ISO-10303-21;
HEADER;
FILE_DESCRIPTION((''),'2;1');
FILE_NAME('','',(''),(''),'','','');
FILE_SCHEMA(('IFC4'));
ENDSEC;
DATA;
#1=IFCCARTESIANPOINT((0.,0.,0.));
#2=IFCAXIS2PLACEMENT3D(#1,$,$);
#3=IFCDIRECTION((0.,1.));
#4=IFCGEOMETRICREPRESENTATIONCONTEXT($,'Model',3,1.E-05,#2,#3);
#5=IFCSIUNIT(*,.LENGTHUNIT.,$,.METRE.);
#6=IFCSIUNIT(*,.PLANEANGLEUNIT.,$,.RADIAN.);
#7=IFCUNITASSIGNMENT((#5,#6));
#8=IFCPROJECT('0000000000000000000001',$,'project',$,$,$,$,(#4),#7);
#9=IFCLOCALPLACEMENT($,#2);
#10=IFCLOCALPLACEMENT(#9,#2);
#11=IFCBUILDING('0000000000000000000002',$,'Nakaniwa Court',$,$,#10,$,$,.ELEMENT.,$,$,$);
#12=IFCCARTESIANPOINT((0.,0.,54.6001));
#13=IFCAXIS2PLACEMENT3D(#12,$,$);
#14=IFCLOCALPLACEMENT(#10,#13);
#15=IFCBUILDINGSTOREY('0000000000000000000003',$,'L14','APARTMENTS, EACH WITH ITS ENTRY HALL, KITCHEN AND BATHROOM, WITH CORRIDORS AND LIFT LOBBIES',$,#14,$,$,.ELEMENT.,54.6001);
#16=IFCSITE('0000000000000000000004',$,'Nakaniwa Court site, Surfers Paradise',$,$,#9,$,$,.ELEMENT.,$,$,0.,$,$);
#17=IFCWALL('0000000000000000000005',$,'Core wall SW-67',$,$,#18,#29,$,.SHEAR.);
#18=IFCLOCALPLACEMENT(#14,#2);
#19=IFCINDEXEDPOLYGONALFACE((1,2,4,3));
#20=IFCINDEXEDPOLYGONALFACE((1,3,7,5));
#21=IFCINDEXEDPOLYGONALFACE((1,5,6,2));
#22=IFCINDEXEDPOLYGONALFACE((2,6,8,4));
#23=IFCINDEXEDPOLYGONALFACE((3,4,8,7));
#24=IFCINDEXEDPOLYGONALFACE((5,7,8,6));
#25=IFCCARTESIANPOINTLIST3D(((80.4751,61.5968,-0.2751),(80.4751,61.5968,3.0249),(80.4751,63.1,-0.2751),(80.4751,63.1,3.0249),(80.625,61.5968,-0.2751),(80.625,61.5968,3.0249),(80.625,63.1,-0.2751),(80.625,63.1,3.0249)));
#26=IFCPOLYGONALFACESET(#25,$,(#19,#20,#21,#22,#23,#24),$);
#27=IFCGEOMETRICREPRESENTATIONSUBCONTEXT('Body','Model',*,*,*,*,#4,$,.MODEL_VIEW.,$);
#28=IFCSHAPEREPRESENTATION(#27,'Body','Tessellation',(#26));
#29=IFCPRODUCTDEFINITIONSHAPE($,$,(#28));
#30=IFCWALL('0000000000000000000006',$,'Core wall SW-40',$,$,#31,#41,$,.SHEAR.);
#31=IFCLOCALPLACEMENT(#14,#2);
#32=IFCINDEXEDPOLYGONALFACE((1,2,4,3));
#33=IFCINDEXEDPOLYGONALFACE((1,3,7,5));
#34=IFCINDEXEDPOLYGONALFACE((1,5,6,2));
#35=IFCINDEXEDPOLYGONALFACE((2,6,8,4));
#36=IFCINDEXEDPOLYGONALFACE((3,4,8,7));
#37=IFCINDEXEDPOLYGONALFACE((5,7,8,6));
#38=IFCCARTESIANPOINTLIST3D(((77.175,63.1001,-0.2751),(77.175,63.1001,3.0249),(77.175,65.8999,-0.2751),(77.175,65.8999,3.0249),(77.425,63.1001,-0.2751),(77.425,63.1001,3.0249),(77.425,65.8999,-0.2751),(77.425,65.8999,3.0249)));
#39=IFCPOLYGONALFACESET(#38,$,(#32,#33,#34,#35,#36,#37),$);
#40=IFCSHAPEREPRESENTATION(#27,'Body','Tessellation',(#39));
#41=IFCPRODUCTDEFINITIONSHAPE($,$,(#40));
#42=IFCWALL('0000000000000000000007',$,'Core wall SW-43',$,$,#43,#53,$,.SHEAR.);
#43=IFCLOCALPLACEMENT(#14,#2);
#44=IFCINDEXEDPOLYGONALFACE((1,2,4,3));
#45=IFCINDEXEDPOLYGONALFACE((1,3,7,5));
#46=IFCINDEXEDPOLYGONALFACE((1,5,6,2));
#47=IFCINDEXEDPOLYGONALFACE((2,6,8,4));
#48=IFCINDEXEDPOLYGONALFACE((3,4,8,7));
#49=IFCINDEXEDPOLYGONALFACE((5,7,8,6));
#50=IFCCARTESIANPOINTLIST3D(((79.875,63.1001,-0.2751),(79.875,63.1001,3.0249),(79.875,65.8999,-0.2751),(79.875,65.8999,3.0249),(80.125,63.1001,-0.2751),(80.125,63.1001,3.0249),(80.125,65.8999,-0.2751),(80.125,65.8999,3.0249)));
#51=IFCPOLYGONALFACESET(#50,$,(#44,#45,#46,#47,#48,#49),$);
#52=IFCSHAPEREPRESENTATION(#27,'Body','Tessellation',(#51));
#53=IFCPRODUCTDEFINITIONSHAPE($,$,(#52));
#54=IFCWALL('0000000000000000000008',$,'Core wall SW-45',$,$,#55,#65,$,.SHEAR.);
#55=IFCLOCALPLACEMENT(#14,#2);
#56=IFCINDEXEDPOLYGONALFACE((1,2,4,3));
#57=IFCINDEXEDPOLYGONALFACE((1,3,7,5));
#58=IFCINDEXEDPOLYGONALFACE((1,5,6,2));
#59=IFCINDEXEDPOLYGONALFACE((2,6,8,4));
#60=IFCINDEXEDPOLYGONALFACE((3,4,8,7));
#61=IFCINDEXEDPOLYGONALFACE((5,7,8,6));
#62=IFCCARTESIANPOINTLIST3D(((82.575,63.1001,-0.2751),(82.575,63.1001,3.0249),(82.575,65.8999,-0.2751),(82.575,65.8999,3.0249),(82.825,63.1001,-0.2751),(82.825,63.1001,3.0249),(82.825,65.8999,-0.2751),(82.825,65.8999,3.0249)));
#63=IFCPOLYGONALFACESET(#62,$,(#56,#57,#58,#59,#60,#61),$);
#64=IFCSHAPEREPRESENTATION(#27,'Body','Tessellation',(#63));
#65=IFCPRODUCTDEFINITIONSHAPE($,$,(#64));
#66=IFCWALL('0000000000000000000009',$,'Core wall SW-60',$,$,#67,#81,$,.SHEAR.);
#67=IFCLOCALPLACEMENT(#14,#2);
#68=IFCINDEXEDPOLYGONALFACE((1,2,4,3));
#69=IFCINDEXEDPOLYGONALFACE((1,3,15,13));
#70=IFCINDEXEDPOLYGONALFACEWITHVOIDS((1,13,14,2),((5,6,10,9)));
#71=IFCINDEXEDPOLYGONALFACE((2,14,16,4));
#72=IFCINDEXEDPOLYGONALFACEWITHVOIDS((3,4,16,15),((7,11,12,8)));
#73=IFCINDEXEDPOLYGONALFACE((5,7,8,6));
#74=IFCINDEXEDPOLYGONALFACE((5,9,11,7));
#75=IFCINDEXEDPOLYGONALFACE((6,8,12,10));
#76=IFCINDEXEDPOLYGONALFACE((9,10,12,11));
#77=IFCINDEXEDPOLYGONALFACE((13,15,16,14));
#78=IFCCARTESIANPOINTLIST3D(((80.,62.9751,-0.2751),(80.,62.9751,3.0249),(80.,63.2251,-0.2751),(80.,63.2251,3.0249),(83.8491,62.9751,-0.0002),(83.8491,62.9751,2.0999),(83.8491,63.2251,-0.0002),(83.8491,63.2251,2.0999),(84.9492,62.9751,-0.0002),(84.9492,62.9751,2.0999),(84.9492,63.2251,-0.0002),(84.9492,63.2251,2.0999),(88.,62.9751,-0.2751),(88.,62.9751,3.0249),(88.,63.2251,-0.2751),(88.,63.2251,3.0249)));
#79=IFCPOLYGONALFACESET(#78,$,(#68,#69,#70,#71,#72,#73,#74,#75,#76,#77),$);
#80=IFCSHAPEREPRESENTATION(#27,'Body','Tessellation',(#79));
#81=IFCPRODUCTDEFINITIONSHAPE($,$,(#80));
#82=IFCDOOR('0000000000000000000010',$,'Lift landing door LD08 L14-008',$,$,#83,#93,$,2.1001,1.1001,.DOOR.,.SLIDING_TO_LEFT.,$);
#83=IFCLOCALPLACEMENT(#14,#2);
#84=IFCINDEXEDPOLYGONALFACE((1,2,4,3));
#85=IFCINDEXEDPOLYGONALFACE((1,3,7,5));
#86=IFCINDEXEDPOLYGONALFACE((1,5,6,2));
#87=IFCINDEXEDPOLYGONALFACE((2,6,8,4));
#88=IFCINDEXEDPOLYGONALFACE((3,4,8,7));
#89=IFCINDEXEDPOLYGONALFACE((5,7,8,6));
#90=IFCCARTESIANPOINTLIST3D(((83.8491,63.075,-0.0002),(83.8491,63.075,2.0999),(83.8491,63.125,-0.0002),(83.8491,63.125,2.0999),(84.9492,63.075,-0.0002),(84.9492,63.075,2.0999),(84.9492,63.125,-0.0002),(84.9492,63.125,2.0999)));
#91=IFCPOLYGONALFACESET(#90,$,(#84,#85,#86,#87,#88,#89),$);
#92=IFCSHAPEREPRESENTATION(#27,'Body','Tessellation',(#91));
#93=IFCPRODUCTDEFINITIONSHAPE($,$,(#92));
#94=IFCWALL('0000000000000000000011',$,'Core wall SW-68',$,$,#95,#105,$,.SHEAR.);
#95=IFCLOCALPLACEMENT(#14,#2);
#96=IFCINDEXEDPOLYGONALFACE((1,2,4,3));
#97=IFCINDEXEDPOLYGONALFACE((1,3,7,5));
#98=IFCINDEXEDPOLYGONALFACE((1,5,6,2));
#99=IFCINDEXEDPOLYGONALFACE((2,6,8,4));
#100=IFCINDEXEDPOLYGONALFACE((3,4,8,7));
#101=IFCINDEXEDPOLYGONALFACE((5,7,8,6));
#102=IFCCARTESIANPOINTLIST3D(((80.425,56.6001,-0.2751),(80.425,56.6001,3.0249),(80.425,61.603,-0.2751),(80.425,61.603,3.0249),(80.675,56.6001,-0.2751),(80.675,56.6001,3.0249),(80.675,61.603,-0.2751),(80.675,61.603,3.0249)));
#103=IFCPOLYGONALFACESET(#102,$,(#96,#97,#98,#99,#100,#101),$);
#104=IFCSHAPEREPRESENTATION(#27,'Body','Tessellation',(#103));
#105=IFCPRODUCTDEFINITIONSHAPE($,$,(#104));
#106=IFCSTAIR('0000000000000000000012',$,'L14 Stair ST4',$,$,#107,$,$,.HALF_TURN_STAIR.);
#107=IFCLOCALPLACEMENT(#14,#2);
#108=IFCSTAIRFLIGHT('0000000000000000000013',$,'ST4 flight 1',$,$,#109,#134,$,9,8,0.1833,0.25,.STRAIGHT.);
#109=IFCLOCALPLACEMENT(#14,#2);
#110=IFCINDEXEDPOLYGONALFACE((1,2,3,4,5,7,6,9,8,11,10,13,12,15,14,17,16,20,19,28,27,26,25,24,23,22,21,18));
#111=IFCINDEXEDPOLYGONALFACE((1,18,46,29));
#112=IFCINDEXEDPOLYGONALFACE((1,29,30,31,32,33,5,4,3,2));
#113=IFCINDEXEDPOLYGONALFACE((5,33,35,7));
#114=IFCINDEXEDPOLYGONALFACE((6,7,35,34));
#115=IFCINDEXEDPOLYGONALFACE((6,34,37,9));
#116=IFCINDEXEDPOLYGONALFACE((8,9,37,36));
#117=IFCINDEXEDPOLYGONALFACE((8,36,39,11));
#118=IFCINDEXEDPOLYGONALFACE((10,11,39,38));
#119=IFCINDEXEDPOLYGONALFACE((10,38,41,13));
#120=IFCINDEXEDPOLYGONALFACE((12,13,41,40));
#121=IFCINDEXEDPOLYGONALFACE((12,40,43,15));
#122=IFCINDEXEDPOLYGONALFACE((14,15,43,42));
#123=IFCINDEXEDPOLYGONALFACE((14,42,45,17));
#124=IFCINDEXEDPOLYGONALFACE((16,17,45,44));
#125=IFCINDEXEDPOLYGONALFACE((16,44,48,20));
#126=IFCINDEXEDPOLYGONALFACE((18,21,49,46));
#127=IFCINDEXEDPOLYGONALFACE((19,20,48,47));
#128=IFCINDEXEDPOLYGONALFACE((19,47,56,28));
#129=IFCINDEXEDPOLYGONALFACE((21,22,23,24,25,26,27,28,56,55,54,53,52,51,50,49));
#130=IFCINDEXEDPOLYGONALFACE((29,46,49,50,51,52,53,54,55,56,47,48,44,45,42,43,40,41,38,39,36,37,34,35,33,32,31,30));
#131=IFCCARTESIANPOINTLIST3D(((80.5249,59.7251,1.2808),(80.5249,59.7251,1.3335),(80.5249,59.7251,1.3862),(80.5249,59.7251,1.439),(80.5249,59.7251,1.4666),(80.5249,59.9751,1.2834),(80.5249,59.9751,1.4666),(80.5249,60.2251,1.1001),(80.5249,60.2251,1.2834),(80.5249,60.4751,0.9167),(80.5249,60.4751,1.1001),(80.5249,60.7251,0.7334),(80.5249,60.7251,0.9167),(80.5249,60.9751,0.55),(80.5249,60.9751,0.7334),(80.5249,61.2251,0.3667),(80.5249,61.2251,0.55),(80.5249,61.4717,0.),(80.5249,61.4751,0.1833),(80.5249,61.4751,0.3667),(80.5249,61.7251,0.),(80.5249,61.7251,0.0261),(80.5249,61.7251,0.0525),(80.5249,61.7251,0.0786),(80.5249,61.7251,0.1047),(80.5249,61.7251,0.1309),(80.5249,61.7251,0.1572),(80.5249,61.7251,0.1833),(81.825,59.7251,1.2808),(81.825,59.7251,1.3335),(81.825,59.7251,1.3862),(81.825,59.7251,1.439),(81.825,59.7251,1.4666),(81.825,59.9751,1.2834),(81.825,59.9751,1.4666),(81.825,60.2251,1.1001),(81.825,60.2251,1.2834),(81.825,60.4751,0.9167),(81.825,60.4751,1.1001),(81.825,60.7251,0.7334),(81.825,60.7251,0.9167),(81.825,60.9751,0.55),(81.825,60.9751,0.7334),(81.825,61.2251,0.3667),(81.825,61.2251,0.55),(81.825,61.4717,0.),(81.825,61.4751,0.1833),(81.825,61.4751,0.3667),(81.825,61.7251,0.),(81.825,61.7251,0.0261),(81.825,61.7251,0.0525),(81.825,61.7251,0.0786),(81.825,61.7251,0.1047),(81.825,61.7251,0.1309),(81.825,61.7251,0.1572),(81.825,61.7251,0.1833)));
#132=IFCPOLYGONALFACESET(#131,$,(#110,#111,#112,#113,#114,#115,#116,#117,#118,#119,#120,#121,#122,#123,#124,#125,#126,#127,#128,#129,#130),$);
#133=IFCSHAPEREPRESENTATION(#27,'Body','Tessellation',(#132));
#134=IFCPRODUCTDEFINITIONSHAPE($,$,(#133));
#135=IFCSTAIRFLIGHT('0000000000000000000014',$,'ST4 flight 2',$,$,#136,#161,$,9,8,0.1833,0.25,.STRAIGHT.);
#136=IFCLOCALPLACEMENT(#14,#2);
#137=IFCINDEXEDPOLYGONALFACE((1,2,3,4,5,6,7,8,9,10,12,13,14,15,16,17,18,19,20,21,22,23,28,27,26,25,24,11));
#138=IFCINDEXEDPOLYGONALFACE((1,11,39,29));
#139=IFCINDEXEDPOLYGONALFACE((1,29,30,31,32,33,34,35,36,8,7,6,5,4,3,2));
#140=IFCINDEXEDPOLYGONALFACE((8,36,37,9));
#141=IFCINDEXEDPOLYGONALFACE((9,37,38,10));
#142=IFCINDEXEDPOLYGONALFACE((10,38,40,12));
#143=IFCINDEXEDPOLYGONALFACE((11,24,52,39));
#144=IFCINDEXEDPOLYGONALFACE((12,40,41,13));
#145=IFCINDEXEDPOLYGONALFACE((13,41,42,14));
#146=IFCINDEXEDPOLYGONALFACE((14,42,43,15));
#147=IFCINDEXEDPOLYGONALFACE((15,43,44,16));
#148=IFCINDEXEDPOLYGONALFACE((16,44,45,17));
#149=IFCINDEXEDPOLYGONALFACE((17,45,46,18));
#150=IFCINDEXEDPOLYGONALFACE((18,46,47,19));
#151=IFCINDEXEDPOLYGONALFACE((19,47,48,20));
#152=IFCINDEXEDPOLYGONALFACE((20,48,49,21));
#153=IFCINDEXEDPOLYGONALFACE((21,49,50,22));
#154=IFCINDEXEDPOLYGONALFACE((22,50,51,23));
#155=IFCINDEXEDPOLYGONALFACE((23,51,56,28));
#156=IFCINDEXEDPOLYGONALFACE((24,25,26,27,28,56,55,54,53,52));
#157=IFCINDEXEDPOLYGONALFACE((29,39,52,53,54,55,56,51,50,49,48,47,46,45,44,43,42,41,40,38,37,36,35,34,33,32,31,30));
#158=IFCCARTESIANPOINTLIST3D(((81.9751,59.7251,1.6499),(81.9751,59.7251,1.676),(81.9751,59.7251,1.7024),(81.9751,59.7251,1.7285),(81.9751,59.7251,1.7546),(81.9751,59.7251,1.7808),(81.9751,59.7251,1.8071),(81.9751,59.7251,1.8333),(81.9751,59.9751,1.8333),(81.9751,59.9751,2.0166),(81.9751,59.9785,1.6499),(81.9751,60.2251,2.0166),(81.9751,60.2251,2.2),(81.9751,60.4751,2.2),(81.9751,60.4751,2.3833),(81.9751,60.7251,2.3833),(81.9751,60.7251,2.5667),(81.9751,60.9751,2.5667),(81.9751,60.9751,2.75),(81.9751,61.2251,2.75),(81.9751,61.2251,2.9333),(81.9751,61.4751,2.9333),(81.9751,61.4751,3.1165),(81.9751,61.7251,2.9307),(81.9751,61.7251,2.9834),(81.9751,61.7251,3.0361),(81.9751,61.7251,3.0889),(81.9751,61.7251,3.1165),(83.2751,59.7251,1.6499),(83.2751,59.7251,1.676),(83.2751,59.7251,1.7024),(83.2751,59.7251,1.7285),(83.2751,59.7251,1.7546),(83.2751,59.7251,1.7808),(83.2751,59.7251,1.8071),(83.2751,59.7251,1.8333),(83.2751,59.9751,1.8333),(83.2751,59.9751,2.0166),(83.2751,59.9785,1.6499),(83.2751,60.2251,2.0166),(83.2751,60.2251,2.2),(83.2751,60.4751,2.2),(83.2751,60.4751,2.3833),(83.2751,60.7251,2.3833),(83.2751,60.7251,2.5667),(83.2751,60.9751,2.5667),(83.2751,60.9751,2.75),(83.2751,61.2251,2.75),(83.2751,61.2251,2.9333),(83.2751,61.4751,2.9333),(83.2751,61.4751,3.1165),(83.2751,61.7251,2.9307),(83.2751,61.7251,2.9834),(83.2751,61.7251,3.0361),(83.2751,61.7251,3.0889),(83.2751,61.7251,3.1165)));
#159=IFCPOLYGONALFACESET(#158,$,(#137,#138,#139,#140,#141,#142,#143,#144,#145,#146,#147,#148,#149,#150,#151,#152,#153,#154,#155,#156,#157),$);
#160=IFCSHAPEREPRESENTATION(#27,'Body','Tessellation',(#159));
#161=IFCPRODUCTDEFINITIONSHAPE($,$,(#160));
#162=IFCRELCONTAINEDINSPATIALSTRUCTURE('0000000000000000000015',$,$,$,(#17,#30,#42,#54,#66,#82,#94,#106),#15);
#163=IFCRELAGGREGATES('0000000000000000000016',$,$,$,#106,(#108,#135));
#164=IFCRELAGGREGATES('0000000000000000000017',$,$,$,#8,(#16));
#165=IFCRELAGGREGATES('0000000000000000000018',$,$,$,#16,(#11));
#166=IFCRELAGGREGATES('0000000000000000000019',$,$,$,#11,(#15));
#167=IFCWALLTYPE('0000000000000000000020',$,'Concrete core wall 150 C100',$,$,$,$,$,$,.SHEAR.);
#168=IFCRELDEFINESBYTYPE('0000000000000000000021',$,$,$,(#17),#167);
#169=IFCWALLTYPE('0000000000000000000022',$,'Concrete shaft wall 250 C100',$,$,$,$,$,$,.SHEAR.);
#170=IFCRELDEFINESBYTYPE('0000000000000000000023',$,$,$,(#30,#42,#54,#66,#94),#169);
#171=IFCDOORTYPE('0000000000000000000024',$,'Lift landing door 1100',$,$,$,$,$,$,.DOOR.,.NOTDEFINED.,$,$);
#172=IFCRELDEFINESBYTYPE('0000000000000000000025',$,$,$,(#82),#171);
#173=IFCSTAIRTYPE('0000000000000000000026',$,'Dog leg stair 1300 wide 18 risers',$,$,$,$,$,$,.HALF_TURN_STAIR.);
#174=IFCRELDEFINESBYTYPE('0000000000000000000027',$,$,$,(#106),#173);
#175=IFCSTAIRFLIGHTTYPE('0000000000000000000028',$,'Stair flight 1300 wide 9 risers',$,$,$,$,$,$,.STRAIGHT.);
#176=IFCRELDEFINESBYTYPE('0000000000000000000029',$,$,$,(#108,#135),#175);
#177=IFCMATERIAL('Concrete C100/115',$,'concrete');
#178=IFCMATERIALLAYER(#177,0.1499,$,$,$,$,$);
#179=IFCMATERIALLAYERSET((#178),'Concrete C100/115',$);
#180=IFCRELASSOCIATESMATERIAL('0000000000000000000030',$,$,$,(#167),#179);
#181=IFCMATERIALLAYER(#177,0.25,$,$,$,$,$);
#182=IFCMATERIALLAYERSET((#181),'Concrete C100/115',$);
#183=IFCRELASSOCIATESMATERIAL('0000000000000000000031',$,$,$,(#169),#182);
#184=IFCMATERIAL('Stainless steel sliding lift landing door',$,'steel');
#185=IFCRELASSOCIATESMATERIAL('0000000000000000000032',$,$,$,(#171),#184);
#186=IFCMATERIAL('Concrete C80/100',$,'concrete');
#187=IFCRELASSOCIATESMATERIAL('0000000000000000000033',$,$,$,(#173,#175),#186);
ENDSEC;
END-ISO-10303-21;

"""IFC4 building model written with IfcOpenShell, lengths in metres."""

from ifc_helpers import new_model, si_unit, direction, frame, frame_2d, origin, place, context, subcontext, project, spatial, polyline, rectangle, outline, extrude, material, layer, layer_set, type_object, element, fill, aggregate, save


model = new_model("IFC4")

# Units and contexts
model_context = context("Model", 3, precision=1e-05, world=origin(), true_north=direction((0.0, 1.0)))
body_context = subcontext(model_context, "Body", "Model", "MODEL_VIEW")
ifc_project = project(units=[si_unit("LENGTHUNIT", "METRE"), si_unit("PLANEANGLEUNIT", "RADIAN")], contexts=[model_context])

# Site, building, storey
site_placement = place(None, origin())
site = spatial("IfcSite", under=ifc_project, at=site_placement, Name="Nakaniwa Court site, Surfers Paradise", CompositionType="ELEMENT", RefElevation=0.0)
building_placement = place(site_placement, origin())
building = spatial("IfcBuilding", under=site, at=building_placement, Name="Nakaniwa Court", CompositionType="ELEMENT")
storey_placement = place(building_placement, frame((0.0, 0.0, 54.6001)))
storey = spatial("IfcBuildingStorey", under=building, at=storey_placement, Name="L14", Description="APARTMENTS, EACH WITH ITS ENTRY HALL, KITCHEN AND BATHROOM, WITH CORRIDORS AND LIFT LOBBIES", CompositionType="ELEMENT", Elevation=54.6001)

# Shared definitions
ifc_material_1 = material(Name="Concrete C80/100", Category="concrete")

# Walls
ifc_material_2 = material(Name="Concrete C100/115", Category="concrete")
ifc_layer_1 = layer(ifc_material_2, 0.1499)
ifc_layer_set_1 = layer_set([ifc_layer_1], Name="Concrete C100/115")
wall_type_1 = type_object("IfcWallType", Name="Concrete core wall 150 C100", PredefinedType="SHEAR", material=ifc_layer_set_1)
wall_1_placement = place(storey_placement, frame((80.55, 61.5969, -0.2751), z_axis=(0.0, 0.0, 1.0), x_axis=(0.0, 1.0, 0.0)))
element("IfcWall", 1, at=wall_1_placement, inside=storey, type_object=wall_type_1, Name="Core wall SW-67", PredefinedType="SHEAR", context=body_context, shape_type="SweptSolid", body=[
    extrude(rectangle(XDim=1.5032, YDim=0.1499, at=frame_2d((0.7515, 0.0))), origin(), (0.0, 0.0, 1.0), 3.3),
])
ifc_layer_2 = layer(ifc_material_2, 0.25)
ifc_layer_set_2 = layer_set([ifc_layer_2], Name="Concrete C100/115")
wall_type_2 = type_object("IfcWallType", Name="Concrete shaft wall 250 C100", PredefinedType="SHEAR", material=ifc_layer_set_2)
for number, where, z_axis, x_axis, name in (
    (2, (77.3, 63.1001, -0.2751), (0.0, 0.0, 1.0), (0.0, 1.0, 0.0), "Core wall SW-40"),
    (3, (80.0, 63.1001, -0.2751), (0.0, 0.0, 1.0), (0.0, 1.0, 0.0), "Core wall SW-43"),
    (4, (82.7, 63.1001, -0.2751), (0.0, 0.0, 1.0), (0.0, 1.0, 0.0), "Core wall SW-45"),
):
    element("IfcWall", number, at=place(storey_placement, frame(where, z_axis=z_axis, x_axis=x_axis)), inside=storey, type_object=wall_type_2, Name=name, PredefinedType="SHEAR", context=body_context, shape_type="SweptSolid", body=[
        extrude(rectangle(XDim=2.7998, YDim=0.25, at=frame_2d((1.3999, 0.0))), origin(), (0.0, 0.0, 1.0), 3.3),
    ])

# Wall, opening, door
wall_2_placement = place(storey_placement, frame((80.0, 63.1001, -0.2751), z_axis=(0.0, 0.0, 1.0), x_axis=(1.0, 0.0, 0.0)))
wall_2 = element("IfcWall", 5, at=wall_2_placement, inside=storey, type_object=wall_type_2, Name="Core wall SW-60", PredefinedType="SHEAR", context=body_context, shape_type="SweptSolid", body=[
    extrude(rectangle(XDim=8.0, YDim=0.25, at=frame_2d((4.0, 0.0))), origin(), (0.0, 0.0, 1.0), 3.3),
])
opening_1_placement = place(wall_2_placement, frame((3.8491, 0.0, 0.2749)))
opening_1 = element("IfcOpeningElement", 6, at=opening_1_placement, cuts=wall_2, PredefinedType="OPENING", context=body_context, shape_type="SweptSolid", body=[
    extrude(rectangle(XDim=1.1001, YDim=2.1001, at=frame_2d((0.55, 1.05))), frame((0.0, 0.135, 0.0), z_axis=(0.0, -1.0, 0.0), x_axis=(1.0, 0.0, 0.0)), (0.0, 0.0, 1.0), 0.27),
])
ifc_material_3 = material(Name="Stainless steel sliding lift landing door", Category="steel")
door_type_1 = type_object("IfcDoorType", Name="Lift landing door 1100", OperationType="NOTDEFINED", PredefinedType="DOOR", material=ifc_material_3)
door_1_placement = place(opening_1_placement, origin())
door_1 = element("IfcDoor", 7, at=door_1_placement, inside=storey, type_object=door_type_1, Name="Lift landing door LD08 L14-008", OperationType="SLIDING_TO_LEFT", OverallHeight=2.1001, OverallWidth=1.1001, PredefinedType="DOOR", context=body_context, shape_type="SweptSolid", body=[
    extrude(rectangle(XDim=1.1001, YDim=2.1001, at=frame_2d((0.55, 1.05))), frame((0.0, 0.0249, 0.0), z_axis=(0.0, -1.0, 0.0), x_axis=(1.0, 0.0, 0.0)), (0.0, 0.0, 1.0), 0.05),
])
fill(opening_1, door_1)

# Wall
wall_3_placement = place(storey_placement, frame((80.55, 56.6001, -0.2751), z_axis=(0.0, 0.0, 1.0), x_axis=(0.0, 1.0, 0.0)))
element("IfcWall", 8, at=wall_3_placement, inside=storey, type_object=wall_type_2, Name="Core wall SW-68", PredefinedType="SHEAR", context=body_context, shape_type="SweptSolid", body=[
    extrude(rectangle(XDim=5.0029, YDim=0.25, at=frame_2d((2.5015, 0.0))), origin(), (0.0, 0.0, 1.0), 3.3),
])

# Stair, stair flights
stair_type = type_object("IfcStairType", Name="Dog leg stair 1300 wide 18 risers", PredefinedType="HALF_TURN_STAIR", material=ifc_material_1)
stair_placement = place(storey_placement, origin())
stair = element("IfcStair", 9, at=stair_placement, inside=storey, type_object=stair_type, Name="L14 Stair ST4", PredefinedType="HALF_TURN_STAIR")
stair_flight_type = type_object("IfcStairFlightType", Name="Stair flight 1300 wide 9 risers", PredefinedType="STRAIGHT", material=ifc_material_1)
stair_flight_1_placement = place(storey_placement, frame((81.175, 61.7251, 0.0), z_axis=(0.0, 0.0, 1.0), x_axis=(0.0, -1.0, 0.0)))
stair_flight_1 = element("IfcStairFlight", 10, at=stair_flight_1_placement, type_object=stair_flight_type, Name="ST4 flight 1", NumberOfRisers=9, NumberOfTreads=8, PredefinedType="STRAIGHT", RiserHeight=0.1833, TreadLength=0.25, context=body_context, shape_type="SweptSolid", body=[
    extrude(outline(polyline([(0.0, 0.0), (0.0, 0.0261), (0.0, 0.0525), (0.0, 0.0786), (0.0, 0.1047), (0.0, 0.1309), (0.0, 0.1572), (0.0, 0.1833), (0.25, 0.1833), (0.25, 0.3667), (0.5, 0.3667), (0.5, 0.55), (0.75, 0.55), (0.75, 0.7334), (1.0, 0.7334), (1.0, 0.9167), (1.25, 0.9167), (1.25, 1.1001), (1.5, 1.1001), (1.5, 1.2834), (1.75, 1.2834), (1.75, 1.4666), (2.0, 1.4666), (2.0, 1.6499), (2.0, 1.5972), (2.0, 1.5444), (2.0, 1.4917), (2.0, 1.439), (2.0, 1.3862), (2.0, 1.3335), (2.0, 1.2808), (0.2534, 0.0), (0.0, 0.0)])), frame((0.0, 0.6499, 0.0), z_axis=(0.0, -1.0, 0.0), x_axis=(1.0, 0.0, 0.0)), (0.0, 0.0, 1.0), 1.3),
])
stair_flight_2_placement = place(storey_placement, frame((82.625, 59.7251, 1.6499), z_axis=(0.0, 0.0, 1.0), x_axis=(0.0, 1.0, 0.0)))
stair_flight_2 = element("IfcStairFlight", 11, at=stair_flight_2_placement, type_object=stair_flight_type, Name="ST4 flight 2", NumberOfRisers=9, NumberOfTreads=8, PredefinedType="STRAIGHT", RiserHeight=0.1833, TreadLength=0.25, context=body_context, shape_type="SweptSolid", body=[
    extrude(outline(polyline([(0.0, 0.0), (0.0, 0.0261), (0.0, 0.0525), (0.0, 0.0786), (0.0, 0.1047), (0.0, 0.1309), (0.0, 0.1572), (0.0, 0.1833), (0.25, 0.1833), (0.25, 0.3667), (0.5, 0.3667), (0.5, 0.55), (0.75, 0.55), (0.75, 0.7334), (1.0, 0.7334), (1.0, 0.9167), (1.25, 0.9167), (1.25, 1.1001), (1.5, 1.1001), (1.5, 1.2834), (1.75, 1.2834), (1.75, 1.4666), (2.0, 1.4666), (2.0, 1.6499), (2.0, 1.5972), (2.0, 1.5444), (2.0, 1.4917), (2.0, 1.439), (2.0, 1.3862), (2.0, 1.3335), (2.0, 1.2808), (0.2534, 0.0), (0.0, 0.0)])), frame((0.0, 0.6499, 0.0), z_axis=(0.0, -1.0, 0.0), x_axis=(1.0, 0.0, 0.0)), (0.0, 0.0, 1.0), 1.3),
])
aggregate(stair, [stair_flight_1, stair_flight_2])

save(model, "model.ifc")
